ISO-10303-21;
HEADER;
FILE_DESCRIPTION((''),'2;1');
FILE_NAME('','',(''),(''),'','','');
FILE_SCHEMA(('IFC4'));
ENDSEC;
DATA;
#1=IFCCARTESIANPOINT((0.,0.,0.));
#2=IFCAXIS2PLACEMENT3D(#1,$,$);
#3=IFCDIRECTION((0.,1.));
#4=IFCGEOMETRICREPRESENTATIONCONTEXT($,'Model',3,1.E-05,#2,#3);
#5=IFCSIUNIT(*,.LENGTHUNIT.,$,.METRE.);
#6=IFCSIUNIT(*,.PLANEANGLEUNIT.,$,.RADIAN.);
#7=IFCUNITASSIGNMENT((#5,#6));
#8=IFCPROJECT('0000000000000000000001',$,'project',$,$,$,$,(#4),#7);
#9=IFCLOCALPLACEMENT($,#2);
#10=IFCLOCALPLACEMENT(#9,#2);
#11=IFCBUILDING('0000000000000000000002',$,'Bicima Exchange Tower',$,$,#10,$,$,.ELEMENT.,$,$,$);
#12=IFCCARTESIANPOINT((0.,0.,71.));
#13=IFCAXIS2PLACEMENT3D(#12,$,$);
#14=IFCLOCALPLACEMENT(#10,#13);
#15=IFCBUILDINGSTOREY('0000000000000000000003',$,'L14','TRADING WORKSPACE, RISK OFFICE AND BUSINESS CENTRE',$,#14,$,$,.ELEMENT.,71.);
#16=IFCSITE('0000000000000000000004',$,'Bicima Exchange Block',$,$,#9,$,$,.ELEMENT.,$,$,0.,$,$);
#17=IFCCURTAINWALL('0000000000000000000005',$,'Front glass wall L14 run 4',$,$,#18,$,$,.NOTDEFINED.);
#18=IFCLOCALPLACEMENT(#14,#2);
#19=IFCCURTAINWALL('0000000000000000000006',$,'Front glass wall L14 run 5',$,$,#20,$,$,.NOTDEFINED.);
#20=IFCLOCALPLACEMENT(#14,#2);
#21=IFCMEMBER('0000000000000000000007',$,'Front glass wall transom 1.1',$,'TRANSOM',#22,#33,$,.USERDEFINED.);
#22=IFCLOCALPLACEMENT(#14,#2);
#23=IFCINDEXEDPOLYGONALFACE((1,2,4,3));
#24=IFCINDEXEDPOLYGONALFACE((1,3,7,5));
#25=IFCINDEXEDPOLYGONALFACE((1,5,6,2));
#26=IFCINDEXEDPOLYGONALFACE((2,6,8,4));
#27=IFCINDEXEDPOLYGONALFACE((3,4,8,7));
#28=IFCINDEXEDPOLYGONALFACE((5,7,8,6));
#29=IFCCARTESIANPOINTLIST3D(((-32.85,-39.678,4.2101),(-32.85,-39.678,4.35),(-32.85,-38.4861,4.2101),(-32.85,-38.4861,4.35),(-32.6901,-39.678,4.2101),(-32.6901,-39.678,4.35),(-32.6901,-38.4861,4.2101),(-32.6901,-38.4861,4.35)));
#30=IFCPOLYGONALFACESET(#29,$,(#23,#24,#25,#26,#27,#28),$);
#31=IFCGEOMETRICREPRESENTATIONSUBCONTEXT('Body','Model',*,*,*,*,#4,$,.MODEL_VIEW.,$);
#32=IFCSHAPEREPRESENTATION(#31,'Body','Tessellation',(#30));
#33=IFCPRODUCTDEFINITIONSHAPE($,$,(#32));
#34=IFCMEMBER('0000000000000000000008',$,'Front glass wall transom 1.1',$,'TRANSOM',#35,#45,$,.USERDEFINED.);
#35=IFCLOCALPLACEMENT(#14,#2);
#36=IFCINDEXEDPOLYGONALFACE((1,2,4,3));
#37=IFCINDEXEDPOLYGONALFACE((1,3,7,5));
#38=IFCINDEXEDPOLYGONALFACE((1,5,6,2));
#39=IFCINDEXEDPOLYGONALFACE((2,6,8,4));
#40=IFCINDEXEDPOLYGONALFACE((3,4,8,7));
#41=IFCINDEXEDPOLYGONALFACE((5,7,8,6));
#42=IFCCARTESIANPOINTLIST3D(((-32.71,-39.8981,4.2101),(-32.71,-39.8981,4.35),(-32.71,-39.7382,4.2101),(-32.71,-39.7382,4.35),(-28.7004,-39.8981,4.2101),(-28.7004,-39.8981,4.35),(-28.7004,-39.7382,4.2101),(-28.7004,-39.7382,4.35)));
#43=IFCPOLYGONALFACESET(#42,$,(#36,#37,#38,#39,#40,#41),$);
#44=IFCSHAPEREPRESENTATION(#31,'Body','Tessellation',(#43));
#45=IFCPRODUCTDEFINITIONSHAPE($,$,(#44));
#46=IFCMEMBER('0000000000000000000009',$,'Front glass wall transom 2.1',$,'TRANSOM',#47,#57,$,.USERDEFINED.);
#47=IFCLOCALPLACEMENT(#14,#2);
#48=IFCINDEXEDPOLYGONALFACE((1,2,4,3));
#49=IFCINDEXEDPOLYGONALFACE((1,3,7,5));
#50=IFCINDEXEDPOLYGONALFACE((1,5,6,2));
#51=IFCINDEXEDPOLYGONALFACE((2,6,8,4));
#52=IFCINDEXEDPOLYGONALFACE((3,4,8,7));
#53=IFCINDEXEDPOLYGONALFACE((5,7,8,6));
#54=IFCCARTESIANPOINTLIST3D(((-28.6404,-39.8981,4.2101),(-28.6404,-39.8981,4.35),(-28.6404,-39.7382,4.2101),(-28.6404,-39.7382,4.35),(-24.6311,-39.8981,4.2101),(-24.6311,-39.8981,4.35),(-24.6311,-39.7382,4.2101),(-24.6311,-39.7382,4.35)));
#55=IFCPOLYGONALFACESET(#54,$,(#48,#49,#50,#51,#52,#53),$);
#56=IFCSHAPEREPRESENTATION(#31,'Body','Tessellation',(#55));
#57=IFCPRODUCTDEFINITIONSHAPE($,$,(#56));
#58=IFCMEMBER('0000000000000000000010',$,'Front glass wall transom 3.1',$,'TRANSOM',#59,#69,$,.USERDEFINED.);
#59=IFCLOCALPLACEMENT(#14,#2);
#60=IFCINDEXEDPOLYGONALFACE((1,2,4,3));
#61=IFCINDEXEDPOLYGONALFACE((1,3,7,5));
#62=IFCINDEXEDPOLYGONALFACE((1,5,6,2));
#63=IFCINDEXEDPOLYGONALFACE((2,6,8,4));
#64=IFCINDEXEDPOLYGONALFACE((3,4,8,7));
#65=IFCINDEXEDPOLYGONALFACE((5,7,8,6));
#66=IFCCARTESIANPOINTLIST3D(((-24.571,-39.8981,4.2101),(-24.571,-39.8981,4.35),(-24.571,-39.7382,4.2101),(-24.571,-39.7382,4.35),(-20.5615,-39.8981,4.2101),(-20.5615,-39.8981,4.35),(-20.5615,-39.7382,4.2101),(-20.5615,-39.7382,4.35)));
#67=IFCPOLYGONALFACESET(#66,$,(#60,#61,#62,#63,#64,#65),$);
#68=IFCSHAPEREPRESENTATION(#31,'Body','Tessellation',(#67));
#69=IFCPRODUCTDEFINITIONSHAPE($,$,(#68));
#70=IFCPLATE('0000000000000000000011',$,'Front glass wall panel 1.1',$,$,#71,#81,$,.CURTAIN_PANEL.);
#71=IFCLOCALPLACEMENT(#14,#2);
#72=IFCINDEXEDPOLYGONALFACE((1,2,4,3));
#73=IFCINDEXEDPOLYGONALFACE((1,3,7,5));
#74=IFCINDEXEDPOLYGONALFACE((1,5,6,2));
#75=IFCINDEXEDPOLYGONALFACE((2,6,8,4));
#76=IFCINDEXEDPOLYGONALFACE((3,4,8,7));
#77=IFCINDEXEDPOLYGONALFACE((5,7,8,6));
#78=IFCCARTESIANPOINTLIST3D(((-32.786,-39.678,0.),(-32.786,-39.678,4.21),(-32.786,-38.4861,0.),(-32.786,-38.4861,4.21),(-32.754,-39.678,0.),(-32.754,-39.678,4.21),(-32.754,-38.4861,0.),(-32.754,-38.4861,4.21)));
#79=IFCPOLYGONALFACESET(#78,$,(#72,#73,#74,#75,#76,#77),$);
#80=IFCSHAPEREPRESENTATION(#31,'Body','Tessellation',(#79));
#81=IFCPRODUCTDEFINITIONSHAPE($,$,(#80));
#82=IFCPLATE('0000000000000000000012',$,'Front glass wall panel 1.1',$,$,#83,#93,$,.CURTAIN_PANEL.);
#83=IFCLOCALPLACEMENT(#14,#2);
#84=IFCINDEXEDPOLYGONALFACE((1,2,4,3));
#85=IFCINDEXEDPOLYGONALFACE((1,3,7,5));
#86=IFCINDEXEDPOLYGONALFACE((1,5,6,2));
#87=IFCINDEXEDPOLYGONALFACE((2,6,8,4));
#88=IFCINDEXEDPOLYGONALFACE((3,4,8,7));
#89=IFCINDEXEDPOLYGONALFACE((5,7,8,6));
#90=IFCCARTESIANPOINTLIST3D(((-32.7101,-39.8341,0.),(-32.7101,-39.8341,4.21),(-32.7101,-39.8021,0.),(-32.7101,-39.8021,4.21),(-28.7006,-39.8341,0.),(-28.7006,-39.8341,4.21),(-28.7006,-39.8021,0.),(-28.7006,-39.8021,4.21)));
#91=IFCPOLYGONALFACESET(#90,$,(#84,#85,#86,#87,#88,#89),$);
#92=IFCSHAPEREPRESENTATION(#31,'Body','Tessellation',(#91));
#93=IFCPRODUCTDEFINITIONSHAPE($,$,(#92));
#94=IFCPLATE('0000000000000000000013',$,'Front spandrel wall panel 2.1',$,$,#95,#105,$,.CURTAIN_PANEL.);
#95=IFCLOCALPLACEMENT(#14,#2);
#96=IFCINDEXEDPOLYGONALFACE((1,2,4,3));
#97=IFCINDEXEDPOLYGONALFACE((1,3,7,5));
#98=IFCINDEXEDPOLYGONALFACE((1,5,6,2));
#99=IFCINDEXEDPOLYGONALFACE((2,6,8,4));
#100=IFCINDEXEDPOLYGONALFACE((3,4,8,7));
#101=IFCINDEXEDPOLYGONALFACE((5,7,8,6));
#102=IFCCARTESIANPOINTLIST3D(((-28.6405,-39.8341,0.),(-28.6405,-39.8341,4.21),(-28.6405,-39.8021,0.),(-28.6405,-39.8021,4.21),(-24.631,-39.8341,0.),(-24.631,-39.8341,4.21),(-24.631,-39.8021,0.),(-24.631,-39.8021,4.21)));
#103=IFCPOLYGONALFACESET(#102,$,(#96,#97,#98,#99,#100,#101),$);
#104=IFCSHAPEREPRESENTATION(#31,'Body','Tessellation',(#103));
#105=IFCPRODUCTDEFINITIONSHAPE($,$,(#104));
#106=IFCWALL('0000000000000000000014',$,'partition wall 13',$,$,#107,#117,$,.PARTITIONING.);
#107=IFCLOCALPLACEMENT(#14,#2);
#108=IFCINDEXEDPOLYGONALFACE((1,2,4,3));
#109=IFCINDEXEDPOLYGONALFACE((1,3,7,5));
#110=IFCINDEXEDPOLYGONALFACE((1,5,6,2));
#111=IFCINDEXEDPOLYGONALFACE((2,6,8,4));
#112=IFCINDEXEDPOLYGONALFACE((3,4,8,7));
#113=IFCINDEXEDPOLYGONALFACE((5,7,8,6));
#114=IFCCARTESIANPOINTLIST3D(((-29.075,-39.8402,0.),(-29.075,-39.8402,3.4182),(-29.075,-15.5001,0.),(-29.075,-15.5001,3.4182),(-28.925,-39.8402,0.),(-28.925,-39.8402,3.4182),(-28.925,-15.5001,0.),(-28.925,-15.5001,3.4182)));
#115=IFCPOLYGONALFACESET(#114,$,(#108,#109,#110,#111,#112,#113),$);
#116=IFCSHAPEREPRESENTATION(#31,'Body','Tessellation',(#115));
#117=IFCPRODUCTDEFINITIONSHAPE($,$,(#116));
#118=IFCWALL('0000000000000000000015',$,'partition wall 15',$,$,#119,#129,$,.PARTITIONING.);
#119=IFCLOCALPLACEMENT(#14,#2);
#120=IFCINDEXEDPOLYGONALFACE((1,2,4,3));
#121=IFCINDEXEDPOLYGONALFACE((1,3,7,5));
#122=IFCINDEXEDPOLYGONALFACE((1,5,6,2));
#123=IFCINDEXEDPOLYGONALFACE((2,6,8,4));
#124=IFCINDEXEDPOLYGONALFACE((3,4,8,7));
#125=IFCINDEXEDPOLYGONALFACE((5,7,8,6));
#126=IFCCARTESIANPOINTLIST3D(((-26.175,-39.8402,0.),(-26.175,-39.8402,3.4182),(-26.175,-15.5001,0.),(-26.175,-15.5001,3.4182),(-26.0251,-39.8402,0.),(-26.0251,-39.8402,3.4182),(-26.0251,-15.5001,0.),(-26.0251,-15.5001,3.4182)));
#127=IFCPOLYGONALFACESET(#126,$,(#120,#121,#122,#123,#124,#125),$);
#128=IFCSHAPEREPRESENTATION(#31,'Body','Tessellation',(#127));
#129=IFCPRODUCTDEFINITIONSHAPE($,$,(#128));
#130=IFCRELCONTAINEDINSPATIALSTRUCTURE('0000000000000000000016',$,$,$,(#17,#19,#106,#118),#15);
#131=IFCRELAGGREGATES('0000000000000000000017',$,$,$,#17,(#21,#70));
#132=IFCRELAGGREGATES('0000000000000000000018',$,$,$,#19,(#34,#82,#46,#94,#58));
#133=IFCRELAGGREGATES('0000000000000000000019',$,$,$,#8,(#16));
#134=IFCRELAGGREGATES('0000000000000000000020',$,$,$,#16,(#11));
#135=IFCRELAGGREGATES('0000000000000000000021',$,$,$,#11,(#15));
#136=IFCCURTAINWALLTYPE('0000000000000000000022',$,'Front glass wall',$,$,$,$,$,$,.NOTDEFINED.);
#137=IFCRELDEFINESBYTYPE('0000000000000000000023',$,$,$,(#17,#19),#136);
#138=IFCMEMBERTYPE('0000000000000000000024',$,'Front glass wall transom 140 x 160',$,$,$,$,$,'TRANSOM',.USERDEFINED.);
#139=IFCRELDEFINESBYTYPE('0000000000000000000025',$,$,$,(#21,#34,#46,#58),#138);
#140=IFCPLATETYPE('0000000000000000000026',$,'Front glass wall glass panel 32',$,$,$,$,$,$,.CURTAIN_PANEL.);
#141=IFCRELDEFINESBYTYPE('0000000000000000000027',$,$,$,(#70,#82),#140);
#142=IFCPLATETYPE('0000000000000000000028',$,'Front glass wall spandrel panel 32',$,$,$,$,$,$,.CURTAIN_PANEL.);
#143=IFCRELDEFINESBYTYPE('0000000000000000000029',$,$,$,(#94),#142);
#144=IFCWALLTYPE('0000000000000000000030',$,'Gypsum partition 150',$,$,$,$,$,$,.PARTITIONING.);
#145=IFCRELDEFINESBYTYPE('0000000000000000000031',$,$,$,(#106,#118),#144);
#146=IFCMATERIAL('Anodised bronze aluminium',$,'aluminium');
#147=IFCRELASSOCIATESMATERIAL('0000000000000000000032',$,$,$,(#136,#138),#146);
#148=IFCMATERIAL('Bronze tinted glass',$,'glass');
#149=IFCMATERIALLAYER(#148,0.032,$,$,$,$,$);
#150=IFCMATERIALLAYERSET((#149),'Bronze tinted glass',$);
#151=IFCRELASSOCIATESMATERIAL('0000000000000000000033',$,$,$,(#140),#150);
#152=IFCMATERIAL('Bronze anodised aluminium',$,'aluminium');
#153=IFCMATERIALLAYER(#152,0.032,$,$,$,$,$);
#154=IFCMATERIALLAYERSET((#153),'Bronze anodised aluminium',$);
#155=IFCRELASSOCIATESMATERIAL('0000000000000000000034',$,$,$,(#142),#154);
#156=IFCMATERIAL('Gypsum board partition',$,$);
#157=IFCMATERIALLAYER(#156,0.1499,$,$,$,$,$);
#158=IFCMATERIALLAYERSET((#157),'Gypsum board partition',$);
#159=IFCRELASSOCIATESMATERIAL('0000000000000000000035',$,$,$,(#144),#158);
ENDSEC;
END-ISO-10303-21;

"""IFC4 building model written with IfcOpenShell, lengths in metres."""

from ifc_helpers import new_model, si_unit, direction, frame, frame_2d, origin, origin_2d, place, context, subcontext, project, spatial, rectangle, extrude, material, layer, layer_set, material_profile, profile_set, type_object, element, aggregate, save


model = new_model("IFC4")

# Units and contexts
model_context = context("Model", 3, precision=1e-05, world=origin(), true_north=direction((0.0, 1.0)))
body_context = subcontext(model_context, "Body", "Model", "MODEL_VIEW")
ifc_project = project(units=[si_unit("LENGTHUNIT", "METRE"), si_unit("PLANEANGLEUNIT", "RADIAN")], contexts=[model_context])

# Site, building, storey
site_placement = place(None, origin())
site = spatial("IfcSite", under=ifc_project, at=site_placement, Name="Bicima Exchange Block", CompositionType="ELEMENT", RefElevation=0.0)
building_placement = place(site_placement, origin())
building = spatial("IfcBuilding", under=site, at=building_placement, Name="Bicima Exchange Tower", CompositionType="ELEMENT")
storey_placement = place(building_placement, frame((0.0, 0.0, 71.0)))
storey = spatial("IfcBuildingStorey", under=building, at=storey_placement, Name="L14", Description="TRADING WORKSPACE, RISK OFFICE AND BUSINESS CENTRE", CompositionType="ELEMENT", Elevation=71.0)

# Shared definitions
ifc_material_1 = material(Name="Anodised bronze aluminium", Category="aluminium")
curtain_wall_type = type_object("IfcCurtainWallType", Name="Front glass wall", PredefinedType="NOTDEFINED", material=ifc_material_1)

# Curtain walls
curtain_wall_1_placement = place(storey_placement, origin())
curtain_wall_1 = element("IfcCurtainWall", 1, at=curtain_wall_1_placement, inside=storey, type_object=curtain_wall_type, Name="Front glass wall L14 run 4", PredefinedType="NOTDEFINED")
curtain_wall_2_placement = place(storey_placement, origin())
curtain_wall_2 = element("IfcCurtainWall", 2, at=curtain_wall_2_placement, inside=storey, type_object=curtain_wall_type, Name="Front glass wall L14 run 5", PredefinedType="NOTDEFINED")

# Members
ifc_material_profile_1 = material_profile(ifc_material_1, rectangle(XDim=0.1599, YDim=0.1399, at=origin_2d()))
ifc_profile_set_1 = profile_set([ifc_material_profile_1], Name="Anodised bronze aluminium")
member_type_1 = type_object("IfcMemberType", Name="Front glass wall transom 140 x 160", ElementType="TRANSOM", PredefinedType="USERDEFINED", material=ifc_profile_set_1)
member_1_placement = place(storey_placement, frame((-32.77, -38.4861, 4.28), z_axis=(0.0, -1.0, 0.0), x_axis=(1.0, 0.0, 0.0)))
member_1 = element("IfcMember", 3, at=member_1_placement, type_object=member_type_1, Name="Front glass wall transom 1.1", ObjectType="TRANSOM", PredefinedType="USERDEFINED", context=body_context, shape_type="SweptSolid", body=[
    extrude(rectangle(XDim=0.1599, YDim=0.1399, at=origin_2d()), origin(), (0.0, 0.0, 1.0), 1.1919),
])
member_2_placement = place(storey_placement, frame((-32.71, -39.8181, 4.28), z_axis=(1.0, 0.0, 0.0), x_axis=(0.0, 1.0, 0.0)))
member_2 = element("IfcMember", 4, at=member_2_placement, type_object=member_type_1, Name="Front glass wall transom 1.1", ObjectType="TRANSOM", PredefinedType="USERDEFINED", context=body_context, shape_type="SweptSolid", body=[
    extrude(rectangle(XDim=0.1599, YDim=0.1399, at=origin_2d()), origin(), (0.0, 0.0, 1.0), 4.0095),
])
member_3_placement = place(storey_placement, frame((-28.6404, -39.8181, 4.28), z_axis=(1.0, 0.0, 0.0), x_axis=(0.0, 1.0, 0.0)))
member_3 = element("IfcMember", 5, at=member_3_placement, type_object=member_type_1, Name="Front glass wall transom 2.1", ObjectType="TRANSOM", PredefinedType="USERDEFINED", context=body_context, shape_type="SweptSolid", body=[
    extrude(rectangle(XDim=0.1599, YDim=0.1399, at=origin_2d()), origin(), (0.0, 0.0, 1.0), 4.0093),
])
member_4_placement = place(storey_placement, frame((-24.571, -39.8181, 4.28), z_axis=(1.0, 0.0, 0.0), x_axis=(0.0, 1.0, 0.0)))
member_4 = element("IfcMember", 6, at=member_4_placement, type_object=member_type_1, Name="Front glass wall transom 3.1", ObjectType="TRANSOM", PredefinedType="USERDEFINED", context=body_context, shape_type="SweptSolid", body=[
    extrude(rectangle(XDim=0.1599, YDim=0.1399, at=origin_2d()), origin(), (0.0, 0.0, 1.0), 4.0095),
])

# Plates
ifc_material_2 = material(Name="Bronze tinted glass", Category="glass")
ifc_layer_1 = layer(ifc_material_2, 0.032)
ifc_layer_set_1 = layer_set([ifc_layer_1], Name="Bronze tinted glass")
plate_type_1 = type_object("IfcPlateType", Name="Front glass wall glass panel 32", PredefinedType="CURTAIN_PANEL", material=ifc_layer_set_1)
plate_1_placement = place(storey_placement, frame((-32.77, -39.082, 0.0), z_axis=(0.0, 0.0, 1.0), x_axis=(0.0, -1.0, 0.0)))
plate_1 = element("IfcPlate", 7, at=plate_1_placement, type_object=plate_type_1, Name="Front glass wall panel 1.1", PredefinedType="CURTAIN_PANEL", context=body_context, shape_type="SweptSolid", body=[
    extrude(rectangle(XDim=1.1919, YDim=0.032, at=origin_2d()), origin(), (0.0, 0.0, 1.0), 4.21),
])
aggregate(curtain_wall_1, [member_1, plate_1])
plate_2_placement = place(storey_placement, frame((-30.7053, -39.8181, 0.0), z_axis=(0.0, 0.0, 1.0), x_axis=(1.0, 0.0, 0.0)))
plate_2 = element("IfcPlate", 8, at=plate_2_placement, type_object=plate_type_1, Name="Front glass wall panel 1.1", PredefinedType="CURTAIN_PANEL", context=body_context, shape_type="SweptSolid", body=[
    extrude(rectangle(XDim=4.0095, YDim=0.032, at=origin_2d()), origin(), (0.0, 0.0, 1.0), 4.21),
])
ifc_material_3 = material(Name="Bronze anodised aluminium", Category="aluminium")
ifc_layer_2 = layer(ifc_material_3, 0.032)
ifc_layer_set_2 = layer_set([ifc_layer_2], Name="Bronze anodised aluminium")
plate_type_2 = type_object("IfcPlateType", Name="Front glass wall spandrel panel 32", PredefinedType="CURTAIN_PANEL", material=ifc_layer_set_2)
plate_3_placement = place(storey_placement, frame((-26.6357, -39.8181, 0.0), z_axis=(0.0, 0.0, 1.0), x_axis=(1.0, 0.0, 0.0)))
plate_3 = element("IfcPlate", 9, at=plate_3_placement, type_object=plate_type_2, Name="Front spandrel wall panel 2.1", PredefinedType="CURTAIN_PANEL", context=body_context, shape_type="SweptSolid", body=[
    extrude(rectangle(XDim=4.0095, YDim=0.032, at=origin_2d()), origin(), (0.0, 0.0, 1.0), 4.21),
])
aggregate(curtain_wall_2, [member_2, plate_2, member_3, plate_3, member_4])

# Walls
ifc_material_4 = material(Name="Gypsum board partition")
ifc_layer_3 = layer(ifc_material_4, 0.1499)
ifc_layer_set_3 = layer_set([ifc_layer_3], Name="Gypsum board partition")
wall_type = type_object("IfcWallType", Name="Gypsum partition 150", PredefinedType="PARTITIONING", material=ifc_layer_set_3)
for number, where, z_axis, x_axis, name in (
    (10, (-29.0, -39.8401, 0.0), (0.0, 0.0, 1.0), (0.0, 1.0, 0.0), "partition wall 13"),
    (11, (-26.1001, -39.8401, 0.0), (0.0, 0.0, 1.0), (0.0, 1.0, 0.0), "partition wall 15"),
):
    element("IfcWall", number, at=place(storey_placement, frame(where, z_axis=z_axis, x_axis=x_axis)), inside=storey, type_object=wall_type, Name=name, PredefinedType="PARTITIONING", context=body_context, shape_type="SweptSolid", body=[
        extrude(rectangle(XDim=24.3401, YDim=0.1499, at=frame_2d((12.1699, 0.0))), origin(), (0.0, 0.0, 1.0), 3.4182),
    ])

save(model, "model.ifc")
